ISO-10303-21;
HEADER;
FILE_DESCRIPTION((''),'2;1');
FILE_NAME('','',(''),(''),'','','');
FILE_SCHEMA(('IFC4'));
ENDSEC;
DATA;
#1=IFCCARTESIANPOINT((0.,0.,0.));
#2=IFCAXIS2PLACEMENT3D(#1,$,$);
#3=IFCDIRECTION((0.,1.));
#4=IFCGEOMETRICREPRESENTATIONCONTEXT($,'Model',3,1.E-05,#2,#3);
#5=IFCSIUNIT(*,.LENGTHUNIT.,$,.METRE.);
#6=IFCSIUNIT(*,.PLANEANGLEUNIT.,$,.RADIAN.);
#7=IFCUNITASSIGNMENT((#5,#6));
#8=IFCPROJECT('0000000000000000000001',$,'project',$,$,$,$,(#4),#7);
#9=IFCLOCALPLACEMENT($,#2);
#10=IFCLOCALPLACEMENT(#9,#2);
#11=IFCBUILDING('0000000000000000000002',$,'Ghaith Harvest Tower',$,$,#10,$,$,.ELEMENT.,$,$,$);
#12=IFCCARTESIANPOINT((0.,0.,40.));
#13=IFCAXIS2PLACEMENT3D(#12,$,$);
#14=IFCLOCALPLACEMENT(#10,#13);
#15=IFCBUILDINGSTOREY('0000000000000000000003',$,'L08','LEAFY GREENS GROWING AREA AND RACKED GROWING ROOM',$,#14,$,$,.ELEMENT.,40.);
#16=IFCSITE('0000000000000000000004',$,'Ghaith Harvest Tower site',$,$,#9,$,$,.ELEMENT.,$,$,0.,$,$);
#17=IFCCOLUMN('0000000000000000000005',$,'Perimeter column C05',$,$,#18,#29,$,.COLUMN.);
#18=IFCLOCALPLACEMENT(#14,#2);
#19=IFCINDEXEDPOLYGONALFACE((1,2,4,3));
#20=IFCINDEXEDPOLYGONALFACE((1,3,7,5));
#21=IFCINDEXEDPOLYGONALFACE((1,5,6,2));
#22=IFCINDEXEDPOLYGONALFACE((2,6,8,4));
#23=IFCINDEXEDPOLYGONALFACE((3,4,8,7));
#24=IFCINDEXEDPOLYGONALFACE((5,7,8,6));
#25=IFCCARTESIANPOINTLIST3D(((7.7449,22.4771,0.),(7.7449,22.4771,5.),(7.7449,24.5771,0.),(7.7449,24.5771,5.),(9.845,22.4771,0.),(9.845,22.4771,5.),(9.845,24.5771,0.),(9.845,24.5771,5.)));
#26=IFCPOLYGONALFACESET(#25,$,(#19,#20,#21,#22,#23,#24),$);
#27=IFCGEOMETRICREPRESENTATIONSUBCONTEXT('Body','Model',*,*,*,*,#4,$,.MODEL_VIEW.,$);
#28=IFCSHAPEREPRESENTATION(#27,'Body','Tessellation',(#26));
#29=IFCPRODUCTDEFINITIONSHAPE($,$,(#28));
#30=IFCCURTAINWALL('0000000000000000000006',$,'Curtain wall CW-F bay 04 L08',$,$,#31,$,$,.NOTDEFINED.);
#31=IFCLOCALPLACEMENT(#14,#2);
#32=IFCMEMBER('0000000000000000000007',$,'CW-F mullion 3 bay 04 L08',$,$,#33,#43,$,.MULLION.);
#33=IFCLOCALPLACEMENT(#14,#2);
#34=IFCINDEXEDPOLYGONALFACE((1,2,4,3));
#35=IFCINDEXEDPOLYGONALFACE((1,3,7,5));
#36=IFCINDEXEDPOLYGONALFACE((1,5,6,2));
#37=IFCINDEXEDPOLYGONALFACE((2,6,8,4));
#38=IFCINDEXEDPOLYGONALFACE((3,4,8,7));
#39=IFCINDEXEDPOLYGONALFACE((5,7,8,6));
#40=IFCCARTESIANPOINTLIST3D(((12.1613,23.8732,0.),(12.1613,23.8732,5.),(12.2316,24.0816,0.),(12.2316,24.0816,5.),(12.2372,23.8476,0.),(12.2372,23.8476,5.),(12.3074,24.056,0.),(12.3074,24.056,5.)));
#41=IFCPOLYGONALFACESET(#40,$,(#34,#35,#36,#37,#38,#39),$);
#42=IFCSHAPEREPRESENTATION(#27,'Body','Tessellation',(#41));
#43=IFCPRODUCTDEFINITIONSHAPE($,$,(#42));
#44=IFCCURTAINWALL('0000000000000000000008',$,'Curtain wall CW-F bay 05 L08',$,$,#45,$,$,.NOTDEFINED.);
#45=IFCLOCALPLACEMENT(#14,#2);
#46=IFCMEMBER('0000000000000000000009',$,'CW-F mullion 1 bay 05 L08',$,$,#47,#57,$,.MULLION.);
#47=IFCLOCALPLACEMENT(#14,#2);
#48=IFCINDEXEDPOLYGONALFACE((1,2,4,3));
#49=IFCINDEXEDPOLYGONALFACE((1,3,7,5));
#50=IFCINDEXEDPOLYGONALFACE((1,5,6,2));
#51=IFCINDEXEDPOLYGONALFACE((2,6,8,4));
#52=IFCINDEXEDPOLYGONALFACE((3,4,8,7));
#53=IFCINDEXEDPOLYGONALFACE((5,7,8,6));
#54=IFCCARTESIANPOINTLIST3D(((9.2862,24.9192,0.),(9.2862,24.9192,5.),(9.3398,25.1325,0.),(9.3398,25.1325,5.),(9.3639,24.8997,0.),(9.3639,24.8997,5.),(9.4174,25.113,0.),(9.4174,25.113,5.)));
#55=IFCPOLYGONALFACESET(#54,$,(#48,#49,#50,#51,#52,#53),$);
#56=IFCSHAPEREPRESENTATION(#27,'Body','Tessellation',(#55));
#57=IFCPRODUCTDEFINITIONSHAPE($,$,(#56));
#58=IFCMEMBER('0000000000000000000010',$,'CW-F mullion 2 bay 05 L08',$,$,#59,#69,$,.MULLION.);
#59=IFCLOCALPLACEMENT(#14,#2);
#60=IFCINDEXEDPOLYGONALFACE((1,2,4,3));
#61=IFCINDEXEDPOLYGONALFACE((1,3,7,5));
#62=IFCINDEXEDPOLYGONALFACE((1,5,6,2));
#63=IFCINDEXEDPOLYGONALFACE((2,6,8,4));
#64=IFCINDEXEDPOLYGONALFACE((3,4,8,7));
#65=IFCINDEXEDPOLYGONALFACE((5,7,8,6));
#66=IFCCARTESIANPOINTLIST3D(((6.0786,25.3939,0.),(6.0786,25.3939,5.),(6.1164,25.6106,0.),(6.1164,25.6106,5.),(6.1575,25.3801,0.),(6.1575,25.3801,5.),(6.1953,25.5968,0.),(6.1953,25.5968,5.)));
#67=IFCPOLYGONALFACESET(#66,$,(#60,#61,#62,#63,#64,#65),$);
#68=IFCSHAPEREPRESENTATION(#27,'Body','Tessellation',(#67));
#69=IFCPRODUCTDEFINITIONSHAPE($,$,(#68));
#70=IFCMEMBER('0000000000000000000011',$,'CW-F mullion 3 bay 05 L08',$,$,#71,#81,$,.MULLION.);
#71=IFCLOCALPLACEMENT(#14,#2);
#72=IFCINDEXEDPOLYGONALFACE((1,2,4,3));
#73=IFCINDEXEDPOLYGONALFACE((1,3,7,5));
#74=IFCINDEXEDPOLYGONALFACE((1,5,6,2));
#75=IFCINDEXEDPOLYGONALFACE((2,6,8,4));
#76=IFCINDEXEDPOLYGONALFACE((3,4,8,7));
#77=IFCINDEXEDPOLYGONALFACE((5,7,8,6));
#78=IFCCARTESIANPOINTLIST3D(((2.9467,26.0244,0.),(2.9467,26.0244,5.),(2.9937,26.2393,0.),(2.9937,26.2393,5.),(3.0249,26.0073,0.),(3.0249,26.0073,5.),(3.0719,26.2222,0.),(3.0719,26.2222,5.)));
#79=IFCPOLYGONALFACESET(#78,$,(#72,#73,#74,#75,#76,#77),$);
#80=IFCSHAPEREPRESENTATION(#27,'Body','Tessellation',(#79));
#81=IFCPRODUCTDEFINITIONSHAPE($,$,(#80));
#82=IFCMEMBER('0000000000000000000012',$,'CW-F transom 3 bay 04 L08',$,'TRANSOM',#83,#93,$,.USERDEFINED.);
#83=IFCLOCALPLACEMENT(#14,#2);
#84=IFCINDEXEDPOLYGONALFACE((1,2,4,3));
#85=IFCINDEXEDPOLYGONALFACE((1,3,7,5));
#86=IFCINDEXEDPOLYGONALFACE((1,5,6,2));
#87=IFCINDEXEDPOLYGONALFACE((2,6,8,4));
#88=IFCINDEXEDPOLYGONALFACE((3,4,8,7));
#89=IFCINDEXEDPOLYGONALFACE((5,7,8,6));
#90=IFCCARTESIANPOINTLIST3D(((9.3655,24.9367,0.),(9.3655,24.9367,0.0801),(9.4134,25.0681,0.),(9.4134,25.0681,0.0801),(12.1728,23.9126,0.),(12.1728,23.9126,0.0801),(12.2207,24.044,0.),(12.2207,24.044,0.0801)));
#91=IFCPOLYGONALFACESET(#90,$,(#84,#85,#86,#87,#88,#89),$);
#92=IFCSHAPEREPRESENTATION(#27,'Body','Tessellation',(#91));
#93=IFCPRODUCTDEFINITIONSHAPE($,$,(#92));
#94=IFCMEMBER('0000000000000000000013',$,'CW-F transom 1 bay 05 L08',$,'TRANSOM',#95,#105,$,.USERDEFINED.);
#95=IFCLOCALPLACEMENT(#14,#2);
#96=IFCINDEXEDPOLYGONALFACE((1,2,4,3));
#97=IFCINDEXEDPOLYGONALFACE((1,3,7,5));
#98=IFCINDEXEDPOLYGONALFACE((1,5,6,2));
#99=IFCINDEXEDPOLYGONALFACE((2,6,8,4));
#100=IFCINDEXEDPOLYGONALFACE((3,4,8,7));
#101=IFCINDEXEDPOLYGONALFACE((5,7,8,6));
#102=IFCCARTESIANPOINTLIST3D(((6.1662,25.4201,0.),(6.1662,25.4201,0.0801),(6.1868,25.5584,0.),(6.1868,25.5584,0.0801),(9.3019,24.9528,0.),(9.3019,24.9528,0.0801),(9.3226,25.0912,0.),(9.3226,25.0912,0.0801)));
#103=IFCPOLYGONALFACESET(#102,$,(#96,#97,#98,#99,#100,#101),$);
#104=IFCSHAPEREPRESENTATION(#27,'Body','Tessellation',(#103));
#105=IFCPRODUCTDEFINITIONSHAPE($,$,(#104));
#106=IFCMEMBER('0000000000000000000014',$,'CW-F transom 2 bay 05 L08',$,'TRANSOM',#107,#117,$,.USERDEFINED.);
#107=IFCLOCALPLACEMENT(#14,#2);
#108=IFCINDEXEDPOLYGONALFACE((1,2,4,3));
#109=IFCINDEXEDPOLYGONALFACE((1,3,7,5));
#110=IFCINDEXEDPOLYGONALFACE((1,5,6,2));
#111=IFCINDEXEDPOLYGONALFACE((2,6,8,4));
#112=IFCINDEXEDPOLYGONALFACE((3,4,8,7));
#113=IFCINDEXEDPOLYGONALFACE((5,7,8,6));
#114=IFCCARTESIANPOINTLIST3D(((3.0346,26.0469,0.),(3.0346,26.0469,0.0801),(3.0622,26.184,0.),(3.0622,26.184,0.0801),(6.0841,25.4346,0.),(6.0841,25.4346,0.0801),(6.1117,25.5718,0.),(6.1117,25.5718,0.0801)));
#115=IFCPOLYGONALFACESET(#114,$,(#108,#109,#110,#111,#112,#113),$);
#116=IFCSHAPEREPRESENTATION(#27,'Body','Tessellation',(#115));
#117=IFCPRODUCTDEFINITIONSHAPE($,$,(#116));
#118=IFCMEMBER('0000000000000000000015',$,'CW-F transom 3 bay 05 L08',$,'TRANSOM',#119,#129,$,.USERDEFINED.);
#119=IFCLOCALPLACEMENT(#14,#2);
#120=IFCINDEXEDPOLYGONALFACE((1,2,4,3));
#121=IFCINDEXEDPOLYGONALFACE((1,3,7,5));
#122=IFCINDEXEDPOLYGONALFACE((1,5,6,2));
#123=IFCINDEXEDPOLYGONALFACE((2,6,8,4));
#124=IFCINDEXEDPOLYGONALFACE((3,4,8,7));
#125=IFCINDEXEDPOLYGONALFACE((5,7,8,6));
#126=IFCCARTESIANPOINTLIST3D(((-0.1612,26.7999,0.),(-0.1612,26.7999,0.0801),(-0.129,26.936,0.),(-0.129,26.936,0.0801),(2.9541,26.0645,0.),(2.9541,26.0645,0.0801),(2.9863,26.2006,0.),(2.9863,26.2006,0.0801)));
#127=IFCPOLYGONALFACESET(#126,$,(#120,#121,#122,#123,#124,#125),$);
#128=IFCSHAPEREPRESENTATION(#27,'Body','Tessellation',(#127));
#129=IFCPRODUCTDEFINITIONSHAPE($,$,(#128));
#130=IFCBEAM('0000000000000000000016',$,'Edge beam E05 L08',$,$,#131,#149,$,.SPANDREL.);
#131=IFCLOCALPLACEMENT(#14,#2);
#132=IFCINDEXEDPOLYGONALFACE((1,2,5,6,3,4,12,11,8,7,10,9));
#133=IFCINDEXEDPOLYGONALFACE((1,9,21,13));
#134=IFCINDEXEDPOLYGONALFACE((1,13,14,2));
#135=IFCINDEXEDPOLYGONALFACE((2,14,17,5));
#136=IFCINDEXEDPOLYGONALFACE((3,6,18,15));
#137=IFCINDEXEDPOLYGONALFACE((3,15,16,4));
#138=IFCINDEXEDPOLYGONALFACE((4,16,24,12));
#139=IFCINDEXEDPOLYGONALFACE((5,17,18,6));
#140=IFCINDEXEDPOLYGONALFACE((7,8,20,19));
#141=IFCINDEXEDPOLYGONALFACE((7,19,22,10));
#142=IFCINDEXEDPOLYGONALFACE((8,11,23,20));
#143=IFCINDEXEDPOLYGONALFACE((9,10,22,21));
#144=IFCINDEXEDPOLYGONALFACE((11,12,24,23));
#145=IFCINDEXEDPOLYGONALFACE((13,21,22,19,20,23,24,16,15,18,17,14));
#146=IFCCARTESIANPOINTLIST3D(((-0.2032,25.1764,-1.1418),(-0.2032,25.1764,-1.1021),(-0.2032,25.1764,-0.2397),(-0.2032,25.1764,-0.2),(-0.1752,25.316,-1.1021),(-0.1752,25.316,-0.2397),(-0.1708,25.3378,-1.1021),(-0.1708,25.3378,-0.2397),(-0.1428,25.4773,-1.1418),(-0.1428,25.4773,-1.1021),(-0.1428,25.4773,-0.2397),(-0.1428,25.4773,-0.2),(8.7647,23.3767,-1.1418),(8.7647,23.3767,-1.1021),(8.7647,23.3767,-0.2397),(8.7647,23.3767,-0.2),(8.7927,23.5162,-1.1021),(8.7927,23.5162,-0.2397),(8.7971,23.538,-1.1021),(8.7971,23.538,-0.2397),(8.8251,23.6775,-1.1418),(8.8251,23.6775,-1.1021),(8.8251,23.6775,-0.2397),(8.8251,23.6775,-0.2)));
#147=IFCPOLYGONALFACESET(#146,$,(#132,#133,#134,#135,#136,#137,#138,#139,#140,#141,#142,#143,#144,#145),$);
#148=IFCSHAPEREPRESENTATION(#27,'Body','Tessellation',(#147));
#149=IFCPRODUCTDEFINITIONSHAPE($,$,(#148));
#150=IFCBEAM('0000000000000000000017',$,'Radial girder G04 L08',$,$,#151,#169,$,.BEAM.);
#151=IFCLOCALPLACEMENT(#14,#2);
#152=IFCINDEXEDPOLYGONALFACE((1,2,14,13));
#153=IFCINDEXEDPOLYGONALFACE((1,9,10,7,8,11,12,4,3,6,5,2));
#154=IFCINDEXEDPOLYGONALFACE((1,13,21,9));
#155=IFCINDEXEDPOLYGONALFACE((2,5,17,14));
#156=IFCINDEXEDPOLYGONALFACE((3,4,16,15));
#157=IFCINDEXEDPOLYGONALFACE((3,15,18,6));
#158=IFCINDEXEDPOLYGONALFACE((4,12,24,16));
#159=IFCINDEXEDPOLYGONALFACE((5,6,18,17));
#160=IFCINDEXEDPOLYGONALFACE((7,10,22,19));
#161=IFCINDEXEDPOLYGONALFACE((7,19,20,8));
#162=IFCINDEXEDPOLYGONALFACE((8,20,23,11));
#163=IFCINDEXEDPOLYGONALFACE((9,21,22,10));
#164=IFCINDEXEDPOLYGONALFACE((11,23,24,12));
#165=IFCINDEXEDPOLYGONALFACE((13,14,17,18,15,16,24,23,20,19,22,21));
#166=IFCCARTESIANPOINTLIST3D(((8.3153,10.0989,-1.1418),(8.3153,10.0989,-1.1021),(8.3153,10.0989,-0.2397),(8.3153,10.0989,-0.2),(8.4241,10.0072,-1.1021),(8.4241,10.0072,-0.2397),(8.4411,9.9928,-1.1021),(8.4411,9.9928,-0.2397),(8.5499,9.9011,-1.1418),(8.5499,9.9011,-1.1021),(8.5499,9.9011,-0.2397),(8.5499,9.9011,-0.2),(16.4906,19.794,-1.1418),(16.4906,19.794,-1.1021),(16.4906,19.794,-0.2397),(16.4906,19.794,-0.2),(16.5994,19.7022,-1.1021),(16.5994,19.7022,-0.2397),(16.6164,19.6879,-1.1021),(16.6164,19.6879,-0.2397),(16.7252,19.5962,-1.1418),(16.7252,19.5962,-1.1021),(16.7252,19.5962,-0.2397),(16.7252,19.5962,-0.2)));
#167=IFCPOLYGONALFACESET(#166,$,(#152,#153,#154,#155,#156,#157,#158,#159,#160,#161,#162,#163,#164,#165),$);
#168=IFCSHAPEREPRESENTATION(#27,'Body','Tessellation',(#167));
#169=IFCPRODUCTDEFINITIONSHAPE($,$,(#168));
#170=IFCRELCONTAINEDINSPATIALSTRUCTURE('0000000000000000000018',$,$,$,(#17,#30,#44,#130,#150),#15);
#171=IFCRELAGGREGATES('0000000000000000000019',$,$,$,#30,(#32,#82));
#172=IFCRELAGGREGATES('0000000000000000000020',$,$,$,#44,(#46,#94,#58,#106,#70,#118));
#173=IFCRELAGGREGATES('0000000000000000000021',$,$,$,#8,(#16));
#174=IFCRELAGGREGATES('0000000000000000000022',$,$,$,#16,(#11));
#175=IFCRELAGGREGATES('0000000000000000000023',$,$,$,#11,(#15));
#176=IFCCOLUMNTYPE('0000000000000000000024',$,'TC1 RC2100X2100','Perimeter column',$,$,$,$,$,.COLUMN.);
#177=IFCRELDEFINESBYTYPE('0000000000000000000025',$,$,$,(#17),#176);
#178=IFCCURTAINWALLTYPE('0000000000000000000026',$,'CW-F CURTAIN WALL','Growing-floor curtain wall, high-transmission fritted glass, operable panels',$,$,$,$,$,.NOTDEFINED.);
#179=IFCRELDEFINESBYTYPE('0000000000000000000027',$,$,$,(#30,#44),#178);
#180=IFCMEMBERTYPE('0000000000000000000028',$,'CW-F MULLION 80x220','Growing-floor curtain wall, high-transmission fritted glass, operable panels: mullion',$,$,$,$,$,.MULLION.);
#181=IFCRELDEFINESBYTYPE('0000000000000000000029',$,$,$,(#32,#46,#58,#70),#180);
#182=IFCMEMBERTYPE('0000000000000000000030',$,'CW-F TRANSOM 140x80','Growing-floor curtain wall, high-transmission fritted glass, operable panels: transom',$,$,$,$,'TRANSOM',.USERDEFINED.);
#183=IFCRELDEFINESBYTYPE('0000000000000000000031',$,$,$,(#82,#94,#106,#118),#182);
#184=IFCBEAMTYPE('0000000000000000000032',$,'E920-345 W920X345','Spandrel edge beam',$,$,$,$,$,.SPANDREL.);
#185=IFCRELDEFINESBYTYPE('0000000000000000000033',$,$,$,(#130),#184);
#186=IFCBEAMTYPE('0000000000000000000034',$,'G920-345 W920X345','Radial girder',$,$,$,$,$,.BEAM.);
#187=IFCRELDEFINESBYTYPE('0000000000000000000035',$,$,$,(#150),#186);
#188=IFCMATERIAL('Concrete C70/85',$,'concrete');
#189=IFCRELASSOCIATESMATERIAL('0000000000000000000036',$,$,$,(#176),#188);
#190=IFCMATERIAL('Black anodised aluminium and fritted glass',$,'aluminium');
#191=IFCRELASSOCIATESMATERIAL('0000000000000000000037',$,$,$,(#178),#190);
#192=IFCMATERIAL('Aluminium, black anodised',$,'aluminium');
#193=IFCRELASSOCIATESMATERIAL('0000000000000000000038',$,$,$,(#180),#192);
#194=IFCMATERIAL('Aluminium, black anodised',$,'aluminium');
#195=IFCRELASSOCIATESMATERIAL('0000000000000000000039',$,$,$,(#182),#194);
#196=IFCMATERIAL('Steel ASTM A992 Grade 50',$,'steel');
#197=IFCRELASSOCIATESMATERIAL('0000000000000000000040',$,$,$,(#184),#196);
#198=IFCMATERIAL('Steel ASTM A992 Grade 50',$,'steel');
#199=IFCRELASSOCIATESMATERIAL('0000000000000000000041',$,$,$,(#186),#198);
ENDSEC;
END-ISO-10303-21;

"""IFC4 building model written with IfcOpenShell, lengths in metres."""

from ifc_helpers import new_model, si_unit, direction, frame, origin, origin_2d, place, context, subcontext, project, spatial, rectangle, i_section, extrude, material, material_profile, profile_set, type_object, element, aggregate, save


model = new_model("IFC4")

# Units and contexts
model_context = context("Model", 3, precision=1e-05, world=origin(), true_north=direction((0.0, 1.0)))
body_context = subcontext(model_context, "Body", "Model", "MODEL_VIEW")
ifc_project = project(units=[si_unit("LENGTHUNIT", "METRE"), si_unit("PLANEANGLEUNIT", "RADIAN")], contexts=[model_context])

# Site, building, storey
site_placement = place(None, origin())
site = spatial("IfcSite", under=ifc_project, at=site_placement, Name="Ghaith Harvest Tower site", CompositionType="ELEMENT", RefElevation=0.0)
building_placement = place(site_placement, origin())
building = spatial("IfcBuilding", under=site, at=building_placement, Name="Ghaith Harvest Tower", CompositionType="ELEMENT")
storey_placement = place(building_placement, frame((0.0, 0.0, 40.0)))
storey = spatial("IfcBuildingStorey", under=building, at=storey_placement, Name="L08", Description="LEAFY GREENS GROWING AREA AND RACKED GROWING ROOM", CompositionType="ELEMENT", Elevation=40.0)

# Column
ifc_material_1 = material(Name="Concrete C70/85", Category="concrete")
ifc_material_profile_1 = material_profile(ifc_material_1, rectangle(XDim=2.1001, YDim=2.1001, at=origin_2d()), Name="RC2100X2100")
ifc_profile_set_1 = profile_set([ifc_material_profile_1], Name="Concrete C70/85")
column_type = type_object("IfcColumnType", Name="TC1 RC2100X2100", Description="Perimeter column", PredefinedType="COLUMN", material=ifc_profile_set_1)
column_placement = place(storey_placement, frame((8.7949, 23.5271, 0.0), z_axis=(0.0, 0.0, 1.0), x_axis=(1.0, 0.0, 0.0)))
element("IfcColumn", 1, at=column_placement, inside=storey, type_object=column_type, Name="Perimeter column C05", PredefinedType="COLUMN", context=body_context, shape_type="SweptSolid", body=[
    extrude(rectangle(XDim=2.1001, YDim=2.1001, at=origin_2d()), origin(), (0.0, 0.0, 1.0), 5.0),
])

# Curtain wall, member
ifc_material_2 = material(Name="Black anodised aluminium and fritted glass", Category="aluminium")
curtain_wall_type = type_object("IfcCurtainWallType", Name="CW-F CURTAIN WALL", Description="Growing-floor curtain wall, high-transmission fritted glass, operable panels", PredefinedType="NOTDEFINED", material=ifc_material_2)
curtain_wall_1_placement = place(storey_placement, origin())
curtain_wall_1 = element("IfcCurtainWall", 2, at=curtain_wall_1_placement, inside=storey, type_object=curtain_wall_type, Name="Curtain wall CW-F bay 04 L08", PredefinedType="NOTDEFINED")
ifc_material_3 = material(Name="Aluminium, black anodised", Category="aluminium")
ifc_material_profile_2 = material_profile(ifc_material_3, rectangle(XDim=0.0801, YDim=0.22, at=origin_2d()), Name="CW-F MULLION 80x220")
ifc_profile_set_2 = profile_set([ifc_material_profile_2], Name="Aluminium, black anodised")
member_type_1 = type_object("IfcMemberType", Name="CW-F MULLION 80x220", Description="Growing-floor curtain wall, high-transmission fritted glass, operable panels: mullion", PredefinedType="MULLION", material=ifc_profile_set_2)
member_1_placement = place(storey_placement, frame((12.2344, 23.9646, 0.0), z_axis=(0.0, 0.0, 1.0), x_axis=(-0.947653, 0.319301, 0.0)))
member_1 = element("IfcMember", 3, at=member_1_placement, type_object=member_type_1, Name="CW-F mullion 3 bay 04 L08", PredefinedType="MULLION", context=body_context, shape_type="SweptSolid", body=[
    extrude(rectangle(XDim=0.0801, YDim=0.22, at=origin_2d()), origin(), (0.0, 0.0, 1.0), 5.0),
])

# Curtain wall, members
curtain_wall_2_placement = place(storey_placement, origin())
curtain_wall_2 = element("IfcCurtainWall", 4, at=curtain_wall_2_placement, inside=storey, type_object=curtain_wall_type, Name="Curtain wall CW-F bay 05 L08", PredefinedType="NOTDEFINED")
member_2_placement = place(storey_placement, frame((9.3518, 25.0161, 0.0), z_axis=(0.0, 0.0, 1.0), x_axis=(-0.969903, 0.24349, 0.0)))
member_2 = element("IfcMember", 5, at=member_2_placement, type_object=member_type_1, Name="CW-F mullion 1 bay 05 L08", PredefinedType="MULLION", context=body_context, shape_type="SweptSolid", body=[
    extrude(rectangle(XDim=0.0801, YDim=0.22, at=origin_2d()), origin(), (0.0, 0.0, 1.0), 5.0),
])
member_3_placement = place(storey_placement, frame((6.137, 25.4954, 0.0), z_axis=(0.0, 0.0, 1.0), x_axis=(-0.985104, 0.171961, 0.0)))
member_3 = element("IfcMember", 6, at=member_3_placement, type_object=member_type_1, Name="CW-F mullion 2 bay 05 L08", PredefinedType="MULLION", context=body_context, shape_type="SweptSolid", body=[
    extrude(rectangle(XDim=0.0801, YDim=0.22, at=origin_2d()), origin(), (0.0, 0.0, 1.0), 5.0),
])
member_4_placement = place(storey_placement, frame((3.0093, 26.1233, 0.0), z_axis=(0.0, 0.0, 1.0), x_axis=(-0.976927, 0.213572, 0.0)))
member_4 = element("IfcMember", 7, at=member_4_placement, type_object=member_type_1, Name="CW-F mullion 3 bay 05 L08", PredefinedType="MULLION", context=body_context, shape_type="SweptSolid", body=[
    extrude(rectangle(XDim=0.0801, YDim=0.22, at=origin_2d()), origin(), (0.0, 0.0, 1.0), 5.0),
])

# Members
ifc_material_4 = material(Name="Aluminium, black anodised", Category="aluminium")
ifc_material_profile_3 = material_profile(ifc_material_4, rectangle(XDim=0.1399, YDim=0.0801, at=origin_2d()), Name="CW-F TRANSOM 140x80")
ifc_profile_set_3 = profile_set([ifc_material_profile_3], Name="Aluminium, black anodised")
member_type_2 = type_object("IfcMemberType", Name="CW-F TRANSOM 140x80", Description="Growing-floor curtain wall, high-transmission fritted glass, operable panels: transom", ElementType="TRANSOM", PredefinedType="USERDEFINED", material=ifc_profile_set_3)
member_5_placement = place(storey_placement, frame((12.1968, 23.9783, 0.04), z_axis=(-0.939438, 0.34272, 0.0), x_axis=(-0.34272, -0.939438, 0.0)))
member_5 = element("IfcMember", 8, at=member_5_placement, type_object=member_type_2, Name="CW-F transom 3 bay 04 L08", ObjectType="TRANSOM", PredefinedType="USERDEFINED", context=body_context, shape_type="SweptSolid", body=[
    extrude(rectangle(XDim=0.1399, YDim=0.0801, at=origin_2d()), origin(), (0.0, 0.0, 1.0), 2.9883),
])
member_6_placement = place(storey_placement, frame((9.3123, 25.022, 0.04), z_axis=(-0.989078, 0.147391, 0.0), x_axis=(-0.147391, -0.989078, 0.0)))
member_6 = element("IfcMember", 9, at=member_6_placement, type_object=member_type_2, Name="CW-F transom 1 bay 05 L08", ObjectType="TRANSOM", PredefinedType="USERDEFINED", context=body_context, shape_type="SweptSolid", body=[
    extrude(rectangle(XDim=0.1399, YDim=0.0801, at=origin_2d()), origin(), (0.0, 0.0, 1.0), 3.1704),
])
member_7_placement = place(storey_placement, frame((6.0979, 25.5032, 0.04), z_axis=(-0.980432, 0.196856, 0.0), x_axis=(-0.196856, -0.980432, 0.0)))
member_7 = element("IfcMember", 10, at=member_7_placement, type_object=member_type_2, Name="CW-F transom 2 bay 05 L08", ObjectType="TRANSOM", PredefinedType="USERDEFINED", context=body_context, shape_type="SweptSolid", body=[
    extrude(rectangle(XDim=0.1399, YDim=0.0801, at=origin_2d()), origin(), (0.0, 0.0, 1.0), 3.1104),
])
member_8_placement = place(storey_placement, frame((2.9702, 26.1326, 0.04), z_axis=(-0.973253, 0.229736, 0.0), x_axis=(-0.229736, -0.973253, 0.0)))
member_8 = element("IfcMember", 11, at=member_8_placement, type_object=member_type_2, Name="CW-F transom 3 bay 05 L08", ObjectType="TRANSOM", PredefinedType="USERDEFINED", context=body_context, shape_type="SweptSolid", body=[
    extrude(rectangle(XDim=0.1399, YDim=0.0801, at=origin_2d()), origin(), (0.0, 0.0, 1.0), 3.2009),
])

# Beams
ifc_material_5 = material(Name="Steel ASTM A992 Grade 50", Category="steel")
ifc_material_profile_4 = material_profile(ifc_material_5, i_section(OverallWidth=0.3069, OverallDepth=0.9419, WebThickness=0.0222, FlangeThickness=0.0398, at=origin_2d()), Name="W920X345")
ifc_profile_set_4 = profile_set([ifc_material_profile_4], Name="Steel ASTM A992 Grade 50")
beam_type_1 = type_object("IfcBeamType", Name="E920-345 W920X345", Description="Spandrel edge beam", PredefinedType="SPANDREL", material=ifc_profile_set_4)
beam_1_placement = place(storey_placement, frame((8.7949, 23.5271, -0.6709), z_axis=(-0.98045, 0.196768, 0.0), x_axis=(-0.196768, -0.98045, 0.0)))
element("IfcBeam", 12, at=beam_1_placement, inside=storey, type_object=beam_type_1, Name="Edge beam E05 L08", PredefinedType="SPANDREL", context=body_context, shape_type="SweptSolid", body=[
    extrude(i_section(OverallWidth=0.3069, OverallDepth=0.9419, WebThickness=0.0222, FlangeThickness=0.0398, at=origin_2d()), origin(), (0.0, 0.0, 1.0), 9.1467),
])
ifc_material_6 = material(Name="Steel ASTM A992 Grade 50", Category="steel")
ifc_material_profile_5 = material_profile(ifc_material_6, i_section(OverallWidth=0.3069, OverallDepth=0.9419, WebThickness=0.0222, FlangeThickness=0.0398, at=origin_2d()), Name="W920X345")
ifc_profile_set_5 = profile_set([ifc_material_profile_5], Name="Steel ASTM A992 Grade 50")
beam_type_2 = type_object("IfcBeamType", Name="G920-345 W920X345", Description="Radial girder", PredefinedType="BEAM", material=ifc_profile_set_5)
beam_2_placement = place(storey_placement, frame((8.4326, 10.0, -0.6709), z_axis=(0.644644, 0.764483, 0.0), x_axis=(-0.764483, 0.644644, 0.0)))
element("IfcBeam", 13, at=beam_2_placement, inside=storey, type_object=beam_type_2, Name="Radial girder G04 L08", PredefinedType="BEAM", context=body_context, shape_type="SweptSolid", body=[
    extrude(i_section(OverallWidth=0.3069, OverallDepth=0.9419, WebThickness=0.0222, FlangeThickness=0.0398, at=origin_2d()), origin(), (0.0, 0.0, 1.0), 12.6819),
])

aggregate(curtain_wall_1, [member_1, member_5])
aggregate(curtain_wall_2, [member_2, member_6, member_3, member_7, member_4, member_8])

save(model, "model.ifc")
